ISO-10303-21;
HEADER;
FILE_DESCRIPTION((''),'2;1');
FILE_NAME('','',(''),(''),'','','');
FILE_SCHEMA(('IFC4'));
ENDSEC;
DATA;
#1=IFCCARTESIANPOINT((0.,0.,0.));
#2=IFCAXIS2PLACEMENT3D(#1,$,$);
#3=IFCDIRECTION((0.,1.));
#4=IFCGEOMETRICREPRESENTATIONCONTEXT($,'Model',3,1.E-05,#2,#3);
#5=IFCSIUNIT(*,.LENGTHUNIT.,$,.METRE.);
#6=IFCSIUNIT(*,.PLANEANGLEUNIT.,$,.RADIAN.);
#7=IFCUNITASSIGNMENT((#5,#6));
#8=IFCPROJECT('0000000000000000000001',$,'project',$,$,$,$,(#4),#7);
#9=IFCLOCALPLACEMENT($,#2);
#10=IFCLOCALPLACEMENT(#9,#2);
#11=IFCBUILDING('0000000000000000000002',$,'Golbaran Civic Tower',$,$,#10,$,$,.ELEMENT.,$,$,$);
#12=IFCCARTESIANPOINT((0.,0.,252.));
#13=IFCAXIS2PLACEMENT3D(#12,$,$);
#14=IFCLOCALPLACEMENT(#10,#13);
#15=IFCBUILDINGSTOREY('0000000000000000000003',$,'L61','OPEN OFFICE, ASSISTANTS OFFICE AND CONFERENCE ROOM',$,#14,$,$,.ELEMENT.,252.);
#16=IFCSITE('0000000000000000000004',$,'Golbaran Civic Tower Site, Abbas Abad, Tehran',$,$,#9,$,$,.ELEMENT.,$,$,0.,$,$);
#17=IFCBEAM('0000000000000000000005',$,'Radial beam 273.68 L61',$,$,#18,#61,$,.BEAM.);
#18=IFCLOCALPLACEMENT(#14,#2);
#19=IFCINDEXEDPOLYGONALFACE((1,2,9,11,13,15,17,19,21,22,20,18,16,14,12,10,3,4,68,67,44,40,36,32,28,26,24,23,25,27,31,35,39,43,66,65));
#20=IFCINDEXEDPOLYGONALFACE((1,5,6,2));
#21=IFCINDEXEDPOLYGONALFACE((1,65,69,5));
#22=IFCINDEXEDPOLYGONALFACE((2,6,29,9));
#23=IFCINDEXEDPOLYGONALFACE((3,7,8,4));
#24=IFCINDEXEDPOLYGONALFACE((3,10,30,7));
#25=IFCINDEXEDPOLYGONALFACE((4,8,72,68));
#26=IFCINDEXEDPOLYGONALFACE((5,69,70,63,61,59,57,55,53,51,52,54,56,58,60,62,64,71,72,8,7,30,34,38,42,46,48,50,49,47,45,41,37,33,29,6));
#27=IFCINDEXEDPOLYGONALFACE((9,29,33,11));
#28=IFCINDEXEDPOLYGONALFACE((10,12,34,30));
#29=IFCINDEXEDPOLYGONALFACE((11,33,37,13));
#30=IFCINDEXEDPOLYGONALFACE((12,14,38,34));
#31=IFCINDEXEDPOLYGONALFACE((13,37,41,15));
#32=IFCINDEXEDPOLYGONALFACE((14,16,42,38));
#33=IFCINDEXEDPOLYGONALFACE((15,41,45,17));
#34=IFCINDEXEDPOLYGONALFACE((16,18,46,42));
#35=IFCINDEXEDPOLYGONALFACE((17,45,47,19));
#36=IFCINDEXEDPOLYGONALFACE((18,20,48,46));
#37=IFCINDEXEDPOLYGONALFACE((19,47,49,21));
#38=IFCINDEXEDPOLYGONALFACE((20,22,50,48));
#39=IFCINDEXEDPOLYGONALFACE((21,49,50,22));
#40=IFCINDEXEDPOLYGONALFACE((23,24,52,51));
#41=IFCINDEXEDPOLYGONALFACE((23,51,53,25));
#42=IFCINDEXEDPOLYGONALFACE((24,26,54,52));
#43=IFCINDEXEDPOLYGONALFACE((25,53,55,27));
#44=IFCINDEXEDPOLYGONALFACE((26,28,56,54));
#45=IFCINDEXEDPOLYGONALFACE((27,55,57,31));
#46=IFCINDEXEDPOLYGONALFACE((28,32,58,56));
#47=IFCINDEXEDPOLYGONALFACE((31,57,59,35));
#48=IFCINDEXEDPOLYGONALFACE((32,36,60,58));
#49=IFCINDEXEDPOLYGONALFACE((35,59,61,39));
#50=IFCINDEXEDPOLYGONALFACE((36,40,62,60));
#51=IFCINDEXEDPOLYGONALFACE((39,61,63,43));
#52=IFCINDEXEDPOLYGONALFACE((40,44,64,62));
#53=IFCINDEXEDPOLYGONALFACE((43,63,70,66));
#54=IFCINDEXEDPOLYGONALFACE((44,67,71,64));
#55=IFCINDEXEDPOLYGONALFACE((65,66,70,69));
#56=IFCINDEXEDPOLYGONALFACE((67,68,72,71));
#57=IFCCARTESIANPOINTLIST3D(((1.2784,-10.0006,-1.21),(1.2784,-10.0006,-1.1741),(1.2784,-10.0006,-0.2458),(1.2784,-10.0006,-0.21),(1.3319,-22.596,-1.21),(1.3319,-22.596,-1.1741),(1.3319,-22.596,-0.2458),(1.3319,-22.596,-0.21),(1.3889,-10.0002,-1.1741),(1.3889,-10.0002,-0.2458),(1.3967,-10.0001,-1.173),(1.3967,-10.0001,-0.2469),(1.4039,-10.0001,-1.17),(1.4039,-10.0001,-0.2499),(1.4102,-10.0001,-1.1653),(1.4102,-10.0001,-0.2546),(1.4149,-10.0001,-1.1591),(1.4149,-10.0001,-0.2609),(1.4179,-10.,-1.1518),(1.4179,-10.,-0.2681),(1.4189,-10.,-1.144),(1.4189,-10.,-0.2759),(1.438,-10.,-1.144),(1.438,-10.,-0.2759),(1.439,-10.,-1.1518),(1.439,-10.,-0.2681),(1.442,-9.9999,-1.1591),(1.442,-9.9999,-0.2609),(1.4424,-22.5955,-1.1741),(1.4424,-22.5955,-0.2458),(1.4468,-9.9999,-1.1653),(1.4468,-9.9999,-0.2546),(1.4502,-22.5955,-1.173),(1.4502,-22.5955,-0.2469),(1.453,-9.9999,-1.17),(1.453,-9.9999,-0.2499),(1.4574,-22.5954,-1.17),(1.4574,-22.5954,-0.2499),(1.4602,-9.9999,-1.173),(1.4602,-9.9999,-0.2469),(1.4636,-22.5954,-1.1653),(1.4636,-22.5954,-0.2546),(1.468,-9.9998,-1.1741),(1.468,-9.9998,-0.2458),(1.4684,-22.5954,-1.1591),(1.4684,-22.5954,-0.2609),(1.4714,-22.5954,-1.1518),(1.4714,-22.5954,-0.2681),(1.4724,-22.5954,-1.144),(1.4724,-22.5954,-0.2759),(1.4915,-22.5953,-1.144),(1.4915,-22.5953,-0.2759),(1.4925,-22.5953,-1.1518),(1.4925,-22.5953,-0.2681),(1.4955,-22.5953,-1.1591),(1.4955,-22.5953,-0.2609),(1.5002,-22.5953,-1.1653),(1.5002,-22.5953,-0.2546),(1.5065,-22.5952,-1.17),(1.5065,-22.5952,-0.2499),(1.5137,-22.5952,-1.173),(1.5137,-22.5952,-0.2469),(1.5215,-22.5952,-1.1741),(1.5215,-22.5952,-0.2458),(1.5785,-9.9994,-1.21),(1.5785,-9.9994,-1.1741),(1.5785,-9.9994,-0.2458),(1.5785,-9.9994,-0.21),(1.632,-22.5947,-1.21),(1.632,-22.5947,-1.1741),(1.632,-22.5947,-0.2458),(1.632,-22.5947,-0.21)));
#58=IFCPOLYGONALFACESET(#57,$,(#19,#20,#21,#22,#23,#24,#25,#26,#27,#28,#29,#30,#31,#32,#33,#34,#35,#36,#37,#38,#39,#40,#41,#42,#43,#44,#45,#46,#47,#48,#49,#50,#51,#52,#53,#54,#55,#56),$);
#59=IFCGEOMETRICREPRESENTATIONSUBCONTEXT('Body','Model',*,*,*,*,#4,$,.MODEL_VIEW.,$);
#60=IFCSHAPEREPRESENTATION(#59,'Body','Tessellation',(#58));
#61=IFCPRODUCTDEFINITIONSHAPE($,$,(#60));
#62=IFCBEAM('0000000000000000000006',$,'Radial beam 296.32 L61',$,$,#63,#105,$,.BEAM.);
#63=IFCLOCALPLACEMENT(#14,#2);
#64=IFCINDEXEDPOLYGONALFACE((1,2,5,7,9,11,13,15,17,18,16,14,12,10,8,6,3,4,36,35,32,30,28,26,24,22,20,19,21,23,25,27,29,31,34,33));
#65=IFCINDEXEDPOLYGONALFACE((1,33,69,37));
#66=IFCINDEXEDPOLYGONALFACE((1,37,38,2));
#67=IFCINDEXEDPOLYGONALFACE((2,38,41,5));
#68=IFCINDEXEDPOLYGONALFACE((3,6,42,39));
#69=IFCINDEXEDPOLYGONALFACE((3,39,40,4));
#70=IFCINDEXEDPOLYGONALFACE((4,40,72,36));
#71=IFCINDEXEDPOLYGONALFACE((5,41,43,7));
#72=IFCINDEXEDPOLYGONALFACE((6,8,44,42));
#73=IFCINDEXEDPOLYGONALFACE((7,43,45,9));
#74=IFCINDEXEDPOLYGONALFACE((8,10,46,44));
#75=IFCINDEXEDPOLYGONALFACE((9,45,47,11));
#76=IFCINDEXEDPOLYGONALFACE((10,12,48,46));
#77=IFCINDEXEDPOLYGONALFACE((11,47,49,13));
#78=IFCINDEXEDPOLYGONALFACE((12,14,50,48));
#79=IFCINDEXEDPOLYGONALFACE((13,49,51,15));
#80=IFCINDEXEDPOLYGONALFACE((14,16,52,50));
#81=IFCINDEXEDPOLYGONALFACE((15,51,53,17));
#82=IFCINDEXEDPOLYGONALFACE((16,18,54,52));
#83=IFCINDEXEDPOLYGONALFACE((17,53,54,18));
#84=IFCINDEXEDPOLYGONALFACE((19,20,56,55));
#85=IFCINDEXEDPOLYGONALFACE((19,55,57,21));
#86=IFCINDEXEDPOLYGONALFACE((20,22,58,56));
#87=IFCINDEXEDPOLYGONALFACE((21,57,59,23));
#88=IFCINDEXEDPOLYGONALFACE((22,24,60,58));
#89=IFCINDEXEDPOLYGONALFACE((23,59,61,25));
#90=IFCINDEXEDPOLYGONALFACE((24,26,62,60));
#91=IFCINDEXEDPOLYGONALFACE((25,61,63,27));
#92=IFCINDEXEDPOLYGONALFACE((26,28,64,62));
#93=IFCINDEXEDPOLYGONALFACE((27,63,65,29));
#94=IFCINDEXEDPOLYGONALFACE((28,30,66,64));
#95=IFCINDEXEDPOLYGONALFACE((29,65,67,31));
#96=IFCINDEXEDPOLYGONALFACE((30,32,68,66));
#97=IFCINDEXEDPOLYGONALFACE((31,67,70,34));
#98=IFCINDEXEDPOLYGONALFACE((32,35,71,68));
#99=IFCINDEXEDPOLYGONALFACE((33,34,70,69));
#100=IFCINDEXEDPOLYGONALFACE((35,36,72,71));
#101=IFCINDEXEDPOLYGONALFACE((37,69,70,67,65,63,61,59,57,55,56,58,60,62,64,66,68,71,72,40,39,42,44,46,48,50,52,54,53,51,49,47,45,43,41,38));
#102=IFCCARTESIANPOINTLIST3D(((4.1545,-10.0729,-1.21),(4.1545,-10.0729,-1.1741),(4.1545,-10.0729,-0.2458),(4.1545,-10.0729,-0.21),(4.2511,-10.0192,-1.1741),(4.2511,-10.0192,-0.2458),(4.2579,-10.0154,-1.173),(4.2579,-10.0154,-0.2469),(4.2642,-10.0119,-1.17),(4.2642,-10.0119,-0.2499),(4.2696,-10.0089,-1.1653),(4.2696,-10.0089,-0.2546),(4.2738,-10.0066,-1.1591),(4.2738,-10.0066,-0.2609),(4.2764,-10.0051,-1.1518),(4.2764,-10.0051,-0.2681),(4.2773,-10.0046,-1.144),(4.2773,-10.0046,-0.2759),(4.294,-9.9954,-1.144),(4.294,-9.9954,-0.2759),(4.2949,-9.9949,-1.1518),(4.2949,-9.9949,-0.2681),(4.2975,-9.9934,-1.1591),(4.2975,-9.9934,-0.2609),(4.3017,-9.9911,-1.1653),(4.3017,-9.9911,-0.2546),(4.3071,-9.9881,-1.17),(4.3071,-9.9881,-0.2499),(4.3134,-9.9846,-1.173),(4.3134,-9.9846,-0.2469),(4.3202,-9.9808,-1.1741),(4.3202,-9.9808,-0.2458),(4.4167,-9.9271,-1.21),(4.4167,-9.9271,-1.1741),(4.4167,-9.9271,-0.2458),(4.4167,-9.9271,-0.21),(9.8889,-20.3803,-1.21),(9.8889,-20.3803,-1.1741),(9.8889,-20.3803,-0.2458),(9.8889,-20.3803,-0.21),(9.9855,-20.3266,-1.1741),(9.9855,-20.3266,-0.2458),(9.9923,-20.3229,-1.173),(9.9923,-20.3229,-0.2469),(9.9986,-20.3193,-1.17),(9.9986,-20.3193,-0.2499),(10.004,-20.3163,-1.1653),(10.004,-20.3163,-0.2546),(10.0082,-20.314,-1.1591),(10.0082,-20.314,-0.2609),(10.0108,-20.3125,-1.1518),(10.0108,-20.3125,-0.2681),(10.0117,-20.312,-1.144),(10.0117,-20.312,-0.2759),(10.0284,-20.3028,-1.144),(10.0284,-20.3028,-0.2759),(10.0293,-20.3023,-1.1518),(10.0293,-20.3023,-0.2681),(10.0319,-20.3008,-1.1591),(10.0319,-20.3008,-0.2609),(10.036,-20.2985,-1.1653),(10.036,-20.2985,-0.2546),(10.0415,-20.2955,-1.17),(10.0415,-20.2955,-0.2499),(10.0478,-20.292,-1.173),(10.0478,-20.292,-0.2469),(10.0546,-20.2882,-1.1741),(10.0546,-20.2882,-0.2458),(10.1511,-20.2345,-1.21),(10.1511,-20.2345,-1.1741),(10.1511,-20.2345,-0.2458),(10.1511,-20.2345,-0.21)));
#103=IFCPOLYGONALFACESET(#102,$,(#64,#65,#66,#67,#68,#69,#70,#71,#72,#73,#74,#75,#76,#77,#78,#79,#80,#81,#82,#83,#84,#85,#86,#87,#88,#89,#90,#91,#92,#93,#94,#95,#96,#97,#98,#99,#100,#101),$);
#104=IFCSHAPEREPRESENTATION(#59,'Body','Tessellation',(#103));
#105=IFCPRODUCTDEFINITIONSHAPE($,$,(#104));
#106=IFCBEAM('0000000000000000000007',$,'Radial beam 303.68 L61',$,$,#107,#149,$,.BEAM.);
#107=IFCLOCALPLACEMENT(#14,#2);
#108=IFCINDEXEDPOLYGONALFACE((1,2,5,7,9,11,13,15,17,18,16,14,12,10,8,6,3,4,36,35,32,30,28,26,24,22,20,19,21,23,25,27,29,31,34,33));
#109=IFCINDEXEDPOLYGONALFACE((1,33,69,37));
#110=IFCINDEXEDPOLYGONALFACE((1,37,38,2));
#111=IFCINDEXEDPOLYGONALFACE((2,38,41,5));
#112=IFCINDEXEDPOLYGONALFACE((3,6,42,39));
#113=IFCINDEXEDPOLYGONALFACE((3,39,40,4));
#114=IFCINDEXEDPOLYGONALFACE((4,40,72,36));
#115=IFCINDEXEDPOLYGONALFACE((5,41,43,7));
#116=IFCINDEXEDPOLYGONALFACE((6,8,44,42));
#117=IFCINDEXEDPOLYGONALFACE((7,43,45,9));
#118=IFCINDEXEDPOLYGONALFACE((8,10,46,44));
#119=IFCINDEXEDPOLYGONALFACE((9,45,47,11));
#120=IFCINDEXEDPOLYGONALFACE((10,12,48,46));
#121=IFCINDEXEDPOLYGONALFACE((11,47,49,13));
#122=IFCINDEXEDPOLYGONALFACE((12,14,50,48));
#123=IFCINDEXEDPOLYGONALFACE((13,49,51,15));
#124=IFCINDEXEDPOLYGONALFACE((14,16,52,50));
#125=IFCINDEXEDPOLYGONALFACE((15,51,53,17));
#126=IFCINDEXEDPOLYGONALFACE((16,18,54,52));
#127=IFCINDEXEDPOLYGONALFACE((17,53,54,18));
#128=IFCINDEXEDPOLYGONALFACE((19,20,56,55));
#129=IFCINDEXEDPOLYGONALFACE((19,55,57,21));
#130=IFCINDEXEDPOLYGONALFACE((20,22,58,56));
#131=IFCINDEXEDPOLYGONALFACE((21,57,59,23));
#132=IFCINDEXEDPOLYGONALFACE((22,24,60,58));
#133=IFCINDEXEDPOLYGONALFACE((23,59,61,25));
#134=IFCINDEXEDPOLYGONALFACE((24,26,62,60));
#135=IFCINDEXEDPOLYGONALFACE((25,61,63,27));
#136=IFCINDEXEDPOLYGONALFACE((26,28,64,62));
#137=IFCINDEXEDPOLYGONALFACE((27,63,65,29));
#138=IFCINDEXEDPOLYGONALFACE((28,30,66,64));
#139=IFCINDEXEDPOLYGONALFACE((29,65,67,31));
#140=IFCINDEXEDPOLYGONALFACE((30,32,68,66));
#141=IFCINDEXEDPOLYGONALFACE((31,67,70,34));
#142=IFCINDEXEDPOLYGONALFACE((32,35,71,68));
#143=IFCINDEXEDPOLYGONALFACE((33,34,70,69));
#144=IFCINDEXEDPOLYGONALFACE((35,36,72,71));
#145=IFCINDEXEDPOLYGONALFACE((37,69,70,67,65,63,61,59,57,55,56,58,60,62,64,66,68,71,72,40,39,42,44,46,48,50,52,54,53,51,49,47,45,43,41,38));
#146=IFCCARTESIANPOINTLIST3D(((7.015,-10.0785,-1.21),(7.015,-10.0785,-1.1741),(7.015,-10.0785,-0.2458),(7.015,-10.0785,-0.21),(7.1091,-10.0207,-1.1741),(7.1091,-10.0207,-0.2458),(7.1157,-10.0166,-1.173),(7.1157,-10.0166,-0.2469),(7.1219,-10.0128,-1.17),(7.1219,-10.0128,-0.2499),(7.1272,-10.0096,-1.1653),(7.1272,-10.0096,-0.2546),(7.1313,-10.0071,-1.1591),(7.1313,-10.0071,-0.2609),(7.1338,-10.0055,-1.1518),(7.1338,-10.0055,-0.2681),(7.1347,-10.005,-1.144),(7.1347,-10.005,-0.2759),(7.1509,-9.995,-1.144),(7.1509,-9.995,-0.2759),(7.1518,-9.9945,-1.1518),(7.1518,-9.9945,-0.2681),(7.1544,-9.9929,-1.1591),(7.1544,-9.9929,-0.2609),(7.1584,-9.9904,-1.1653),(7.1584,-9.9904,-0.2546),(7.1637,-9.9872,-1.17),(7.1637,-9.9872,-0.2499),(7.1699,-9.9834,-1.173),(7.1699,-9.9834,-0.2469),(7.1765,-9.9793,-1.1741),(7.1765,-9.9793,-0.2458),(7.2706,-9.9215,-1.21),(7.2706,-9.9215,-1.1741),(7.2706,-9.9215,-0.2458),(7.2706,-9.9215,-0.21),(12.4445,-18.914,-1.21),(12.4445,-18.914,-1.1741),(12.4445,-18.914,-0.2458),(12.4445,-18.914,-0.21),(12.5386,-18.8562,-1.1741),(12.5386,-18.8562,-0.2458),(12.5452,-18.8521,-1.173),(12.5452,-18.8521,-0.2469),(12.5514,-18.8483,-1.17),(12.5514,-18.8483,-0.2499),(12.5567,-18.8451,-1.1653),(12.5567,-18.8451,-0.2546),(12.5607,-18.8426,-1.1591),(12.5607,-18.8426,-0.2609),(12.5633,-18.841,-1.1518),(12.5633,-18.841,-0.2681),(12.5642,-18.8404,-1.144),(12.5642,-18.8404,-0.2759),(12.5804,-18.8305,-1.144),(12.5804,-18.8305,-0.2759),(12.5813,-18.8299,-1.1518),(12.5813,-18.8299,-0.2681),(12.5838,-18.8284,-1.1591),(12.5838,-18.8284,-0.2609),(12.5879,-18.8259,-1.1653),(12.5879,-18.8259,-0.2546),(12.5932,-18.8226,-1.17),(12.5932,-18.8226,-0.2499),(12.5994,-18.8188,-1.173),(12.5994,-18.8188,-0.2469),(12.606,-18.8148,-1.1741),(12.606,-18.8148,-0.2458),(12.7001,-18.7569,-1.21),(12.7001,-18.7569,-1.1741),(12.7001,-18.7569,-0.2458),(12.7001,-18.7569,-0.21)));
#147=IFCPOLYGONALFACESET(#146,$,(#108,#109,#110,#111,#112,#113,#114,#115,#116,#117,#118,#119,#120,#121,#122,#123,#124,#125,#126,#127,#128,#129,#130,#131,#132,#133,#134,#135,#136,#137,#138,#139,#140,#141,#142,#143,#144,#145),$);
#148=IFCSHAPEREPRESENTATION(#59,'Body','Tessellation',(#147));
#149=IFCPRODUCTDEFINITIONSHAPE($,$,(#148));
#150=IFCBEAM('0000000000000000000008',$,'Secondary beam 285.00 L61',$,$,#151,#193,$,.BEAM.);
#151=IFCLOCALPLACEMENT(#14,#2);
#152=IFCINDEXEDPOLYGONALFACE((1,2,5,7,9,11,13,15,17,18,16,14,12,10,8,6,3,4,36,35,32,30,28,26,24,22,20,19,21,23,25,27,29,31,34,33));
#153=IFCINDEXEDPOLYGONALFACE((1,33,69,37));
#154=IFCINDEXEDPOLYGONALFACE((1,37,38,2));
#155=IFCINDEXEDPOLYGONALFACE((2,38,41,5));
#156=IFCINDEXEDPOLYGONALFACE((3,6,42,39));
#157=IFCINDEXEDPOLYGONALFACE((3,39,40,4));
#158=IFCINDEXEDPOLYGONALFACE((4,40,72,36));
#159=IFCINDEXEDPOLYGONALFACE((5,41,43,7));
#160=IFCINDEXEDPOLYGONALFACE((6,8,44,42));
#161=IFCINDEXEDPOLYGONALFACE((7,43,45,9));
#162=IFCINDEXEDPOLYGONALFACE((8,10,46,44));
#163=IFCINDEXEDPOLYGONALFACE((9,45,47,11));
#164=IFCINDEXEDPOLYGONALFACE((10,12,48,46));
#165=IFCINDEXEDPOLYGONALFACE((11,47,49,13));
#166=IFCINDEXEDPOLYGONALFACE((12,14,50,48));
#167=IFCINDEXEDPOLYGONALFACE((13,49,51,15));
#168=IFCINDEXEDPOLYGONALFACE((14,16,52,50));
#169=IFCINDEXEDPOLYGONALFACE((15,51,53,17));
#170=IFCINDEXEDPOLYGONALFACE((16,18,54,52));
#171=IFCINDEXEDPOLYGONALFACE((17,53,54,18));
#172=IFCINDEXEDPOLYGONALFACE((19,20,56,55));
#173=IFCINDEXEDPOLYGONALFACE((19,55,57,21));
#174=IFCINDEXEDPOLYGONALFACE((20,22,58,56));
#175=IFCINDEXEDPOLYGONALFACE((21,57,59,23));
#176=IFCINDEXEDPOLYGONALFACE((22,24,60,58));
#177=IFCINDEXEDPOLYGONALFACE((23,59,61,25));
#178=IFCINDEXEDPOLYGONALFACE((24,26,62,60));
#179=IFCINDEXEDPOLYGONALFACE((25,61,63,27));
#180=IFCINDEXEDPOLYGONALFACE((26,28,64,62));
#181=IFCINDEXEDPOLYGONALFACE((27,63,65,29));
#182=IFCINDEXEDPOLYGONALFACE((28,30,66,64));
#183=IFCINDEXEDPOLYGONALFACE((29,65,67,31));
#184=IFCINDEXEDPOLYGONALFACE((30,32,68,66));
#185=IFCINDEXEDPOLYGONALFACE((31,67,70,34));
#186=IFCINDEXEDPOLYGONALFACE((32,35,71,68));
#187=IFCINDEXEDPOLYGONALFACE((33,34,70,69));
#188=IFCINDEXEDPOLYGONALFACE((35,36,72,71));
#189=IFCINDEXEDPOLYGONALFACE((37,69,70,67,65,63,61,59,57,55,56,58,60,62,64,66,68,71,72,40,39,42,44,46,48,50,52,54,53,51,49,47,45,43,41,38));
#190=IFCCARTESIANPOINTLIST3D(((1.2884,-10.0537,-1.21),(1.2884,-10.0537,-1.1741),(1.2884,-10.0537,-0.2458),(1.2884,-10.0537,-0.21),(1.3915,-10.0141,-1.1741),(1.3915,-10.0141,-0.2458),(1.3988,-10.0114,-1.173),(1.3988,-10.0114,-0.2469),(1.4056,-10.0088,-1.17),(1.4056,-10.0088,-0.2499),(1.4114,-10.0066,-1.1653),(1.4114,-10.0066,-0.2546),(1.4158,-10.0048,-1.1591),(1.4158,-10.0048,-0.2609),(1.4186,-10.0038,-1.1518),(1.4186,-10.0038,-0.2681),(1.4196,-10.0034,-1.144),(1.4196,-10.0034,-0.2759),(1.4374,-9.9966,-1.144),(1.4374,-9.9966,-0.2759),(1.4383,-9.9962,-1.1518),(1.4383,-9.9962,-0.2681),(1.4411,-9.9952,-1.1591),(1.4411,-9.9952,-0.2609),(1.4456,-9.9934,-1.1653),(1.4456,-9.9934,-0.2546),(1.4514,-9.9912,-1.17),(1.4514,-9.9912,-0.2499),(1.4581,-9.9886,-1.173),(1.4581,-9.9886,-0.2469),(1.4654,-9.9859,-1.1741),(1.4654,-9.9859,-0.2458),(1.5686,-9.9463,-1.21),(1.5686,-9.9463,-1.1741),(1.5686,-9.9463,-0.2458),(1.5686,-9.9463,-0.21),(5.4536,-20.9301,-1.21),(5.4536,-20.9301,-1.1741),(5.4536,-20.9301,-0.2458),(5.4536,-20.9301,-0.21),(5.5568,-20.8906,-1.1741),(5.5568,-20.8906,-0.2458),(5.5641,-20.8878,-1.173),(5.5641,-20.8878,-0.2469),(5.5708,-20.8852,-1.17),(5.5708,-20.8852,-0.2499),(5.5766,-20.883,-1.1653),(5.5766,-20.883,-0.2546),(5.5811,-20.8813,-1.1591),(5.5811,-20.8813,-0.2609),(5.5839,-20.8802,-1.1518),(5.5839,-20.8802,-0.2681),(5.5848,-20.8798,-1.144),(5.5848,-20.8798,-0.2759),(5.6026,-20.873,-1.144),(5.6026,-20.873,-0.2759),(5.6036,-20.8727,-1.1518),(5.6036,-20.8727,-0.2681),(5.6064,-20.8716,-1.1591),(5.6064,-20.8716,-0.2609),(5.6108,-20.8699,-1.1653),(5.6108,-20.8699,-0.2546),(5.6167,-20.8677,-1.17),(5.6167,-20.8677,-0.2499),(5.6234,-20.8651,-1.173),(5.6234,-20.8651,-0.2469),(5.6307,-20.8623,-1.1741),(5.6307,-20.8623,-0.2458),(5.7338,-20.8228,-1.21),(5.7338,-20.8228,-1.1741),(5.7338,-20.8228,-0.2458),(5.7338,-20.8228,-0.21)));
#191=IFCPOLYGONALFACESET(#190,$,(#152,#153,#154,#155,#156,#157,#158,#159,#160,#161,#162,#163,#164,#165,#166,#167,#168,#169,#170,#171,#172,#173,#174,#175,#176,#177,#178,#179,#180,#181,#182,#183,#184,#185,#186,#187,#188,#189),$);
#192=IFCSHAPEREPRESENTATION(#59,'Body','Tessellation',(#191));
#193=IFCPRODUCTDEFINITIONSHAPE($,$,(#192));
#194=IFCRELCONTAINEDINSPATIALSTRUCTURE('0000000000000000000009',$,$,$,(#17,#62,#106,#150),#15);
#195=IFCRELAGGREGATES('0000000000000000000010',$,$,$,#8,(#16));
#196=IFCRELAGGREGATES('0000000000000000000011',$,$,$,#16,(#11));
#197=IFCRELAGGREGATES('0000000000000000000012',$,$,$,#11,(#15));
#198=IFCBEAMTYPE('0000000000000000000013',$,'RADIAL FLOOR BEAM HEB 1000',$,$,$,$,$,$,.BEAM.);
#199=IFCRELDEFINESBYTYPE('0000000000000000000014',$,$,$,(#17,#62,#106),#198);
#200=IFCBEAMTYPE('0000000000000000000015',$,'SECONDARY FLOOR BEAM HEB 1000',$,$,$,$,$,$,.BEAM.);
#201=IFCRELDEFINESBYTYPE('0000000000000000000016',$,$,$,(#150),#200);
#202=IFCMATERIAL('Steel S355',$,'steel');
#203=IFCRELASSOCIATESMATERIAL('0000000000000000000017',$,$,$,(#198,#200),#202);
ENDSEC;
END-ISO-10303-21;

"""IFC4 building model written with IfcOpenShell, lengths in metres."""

from ifc_helpers import new_model, si_unit, direction, frame, origin, origin_2d, place, context, subcontext, project, spatial, i_section, extrude, material, material_profile, profile_set, type_object, element, save


model = new_model("IFC4")

# Units and contexts
model_context = context("Model", 3, precision=1e-05, world=origin(), true_north=direction((0.0, 1.0)))
body_context = subcontext(model_context, "Body", "Model", "MODEL_VIEW")
ifc_project = project(units=[si_unit("LENGTHUNIT", "METRE"), si_unit("PLANEANGLEUNIT", "RADIAN")], contexts=[model_context])

# Site, building, storey
site_placement = place(None, origin())
site = spatial("IfcSite", under=ifc_project, at=site_placement, Name="Golbaran Civic Tower Site, Abbas Abad, Tehran", CompositionType="ELEMENT", RefElevation=0.0)
building_placement = place(site_placement, origin())
building = spatial("IfcBuilding", under=site, at=building_placement, Name="Golbaran Civic Tower", CompositionType="ELEMENT")
storey_placement = place(building_placement, frame((0.0, 0.0, 252.0)))
storey = spatial("IfcBuildingStorey", under=building, at=storey_placement, Name="L61", Description="OPEN OFFICE, ASSISTANTS OFFICE AND CONFERENCE ROOM", CompositionType="ELEMENT", Elevation=252.0)

# Beams
ifc_material_1 = material(Name="Steel S355", Category="steel")
ifc_material_profile_1 = material_profile(ifc_material_1, i_section(OverallWidth=0.3, OverallDepth=1.0, WebThickness=0.019, FlangeThickness=0.0359, FilletRadius=0.03, at=origin_2d()), Name="HEB 1000")
ifc_profile_set_1 = profile_set([ifc_material_profile_1], Name="Steel S355")
beam_type_1 = type_object("IfcBeamType", Name="RADIAL FLOOR BEAM HEB 1000", PredefinedType="BEAM", material=ifc_profile_set_1)
beam_1_placement = place(storey_placement, frame((1.4285, -10.0, -0.71), z_axis=(0.004245, -0.999991, 0.0), x_axis=(0.999991, 0.004245, 0.0)))
element("IfcBeam", 1, at=beam_1_placement, inside=storey, type_object=beam_type_1, Name="Radial beam 273.68 L61", PredefinedType="BEAM", context=body_context, shape_type="SweptSolid", body=[
    extrude(i_section(OverallWidth=0.3, OverallDepth=1.0, WebThickness=0.019, FlangeThickness=0.0359, FilletRadius=0.03, at=origin_2d()), origin(), (0.0, 0.0, 1.0), 12.5955),
])
beam_2_placement = place(storey_placement, frame((4.2856, -10.0, -0.71), z_axis=(0.486165, -0.873867, 0.0), x_axis=(0.873867, 0.486165, 0.0)))
element("IfcBeam", 2, at=beam_2_placement, inside=storey, type_object=beam_type_1, Name="Radial beam 296.32 L61", PredefinedType="BEAM", context=body_context, shape_type="SweptSolid", body=[
    extrude(i_section(OverallWidth=0.3, OverallDepth=1.0, WebThickness=0.019, FlangeThickness=0.0359, FilletRadius=0.03, at=origin_2d()), origin(), (0.0, 0.0, 1.0), 11.7952),
])
beam_3_placement = place(storey_placement, frame((7.1428, -10.0, -0.71), z_axis=(0.523555, -0.851992, 0.0), x_axis=(0.851992, 0.523555, 0.0)))
element("IfcBeam", 3, at=beam_3_placement, inside=storey, type_object=beam_type_1, Name="Radial beam 303.68 L61", PredefinedType="BEAM", context=body_context, shape_type="SweptSolid", body=[
    extrude(i_section(OverallWidth=0.3, OverallDepth=1.0, WebThickness=0.019, FlangeThickness=0.0359, FilletRadius=0.03, at=origin_2d()), origin(), (0.0, 0.0, 1.0), 10.3704),
])
ifc_material_profile_2 = material_profile(ifc_material_1, i_section(OverallWidth=0.3, OverallDepth=1.0, WebThickness=0.019, FlangeThickness=0.0359, FilletRadius=0.03, at=origin_2d()), Name="HEB 1000")
ifc_profile_set_2 = profile_set([ifc_material_profile_2], Name="Steel S355")
beam_type_2 = type_object("IfcBeamType", Name="SECONDARY FLOOR BEAM HEB 1000", PredefinedType="BEAM", material=ifc_profile_set_2)
beam_4_placement = place(storey_placement, frame((1.4285, -10.0, -0.71), z_axis=(0.357634, -0.933862, 0.0), x_axis=(0.933862, 0.357634, 0.0)))
element("IfcBeam", 4, at=beam_4_placement, inside=storey, type_object=beam_type_2, Name="Secondary beam 285.00 L61", PredefinedType="BEAM", context=body_context, shape_type="SweptSolid", body=[
    extrude(i_section(OverallWidth=0.3, OverallDepth=1.0, WebThickness=0.019, FlangeThickness=0.0359, FilletRadius=0.03, at=origin_2d()), origin(), (0.0, 0.0, 1.0), 11.6467),
])

save(model, "model.ifc")
